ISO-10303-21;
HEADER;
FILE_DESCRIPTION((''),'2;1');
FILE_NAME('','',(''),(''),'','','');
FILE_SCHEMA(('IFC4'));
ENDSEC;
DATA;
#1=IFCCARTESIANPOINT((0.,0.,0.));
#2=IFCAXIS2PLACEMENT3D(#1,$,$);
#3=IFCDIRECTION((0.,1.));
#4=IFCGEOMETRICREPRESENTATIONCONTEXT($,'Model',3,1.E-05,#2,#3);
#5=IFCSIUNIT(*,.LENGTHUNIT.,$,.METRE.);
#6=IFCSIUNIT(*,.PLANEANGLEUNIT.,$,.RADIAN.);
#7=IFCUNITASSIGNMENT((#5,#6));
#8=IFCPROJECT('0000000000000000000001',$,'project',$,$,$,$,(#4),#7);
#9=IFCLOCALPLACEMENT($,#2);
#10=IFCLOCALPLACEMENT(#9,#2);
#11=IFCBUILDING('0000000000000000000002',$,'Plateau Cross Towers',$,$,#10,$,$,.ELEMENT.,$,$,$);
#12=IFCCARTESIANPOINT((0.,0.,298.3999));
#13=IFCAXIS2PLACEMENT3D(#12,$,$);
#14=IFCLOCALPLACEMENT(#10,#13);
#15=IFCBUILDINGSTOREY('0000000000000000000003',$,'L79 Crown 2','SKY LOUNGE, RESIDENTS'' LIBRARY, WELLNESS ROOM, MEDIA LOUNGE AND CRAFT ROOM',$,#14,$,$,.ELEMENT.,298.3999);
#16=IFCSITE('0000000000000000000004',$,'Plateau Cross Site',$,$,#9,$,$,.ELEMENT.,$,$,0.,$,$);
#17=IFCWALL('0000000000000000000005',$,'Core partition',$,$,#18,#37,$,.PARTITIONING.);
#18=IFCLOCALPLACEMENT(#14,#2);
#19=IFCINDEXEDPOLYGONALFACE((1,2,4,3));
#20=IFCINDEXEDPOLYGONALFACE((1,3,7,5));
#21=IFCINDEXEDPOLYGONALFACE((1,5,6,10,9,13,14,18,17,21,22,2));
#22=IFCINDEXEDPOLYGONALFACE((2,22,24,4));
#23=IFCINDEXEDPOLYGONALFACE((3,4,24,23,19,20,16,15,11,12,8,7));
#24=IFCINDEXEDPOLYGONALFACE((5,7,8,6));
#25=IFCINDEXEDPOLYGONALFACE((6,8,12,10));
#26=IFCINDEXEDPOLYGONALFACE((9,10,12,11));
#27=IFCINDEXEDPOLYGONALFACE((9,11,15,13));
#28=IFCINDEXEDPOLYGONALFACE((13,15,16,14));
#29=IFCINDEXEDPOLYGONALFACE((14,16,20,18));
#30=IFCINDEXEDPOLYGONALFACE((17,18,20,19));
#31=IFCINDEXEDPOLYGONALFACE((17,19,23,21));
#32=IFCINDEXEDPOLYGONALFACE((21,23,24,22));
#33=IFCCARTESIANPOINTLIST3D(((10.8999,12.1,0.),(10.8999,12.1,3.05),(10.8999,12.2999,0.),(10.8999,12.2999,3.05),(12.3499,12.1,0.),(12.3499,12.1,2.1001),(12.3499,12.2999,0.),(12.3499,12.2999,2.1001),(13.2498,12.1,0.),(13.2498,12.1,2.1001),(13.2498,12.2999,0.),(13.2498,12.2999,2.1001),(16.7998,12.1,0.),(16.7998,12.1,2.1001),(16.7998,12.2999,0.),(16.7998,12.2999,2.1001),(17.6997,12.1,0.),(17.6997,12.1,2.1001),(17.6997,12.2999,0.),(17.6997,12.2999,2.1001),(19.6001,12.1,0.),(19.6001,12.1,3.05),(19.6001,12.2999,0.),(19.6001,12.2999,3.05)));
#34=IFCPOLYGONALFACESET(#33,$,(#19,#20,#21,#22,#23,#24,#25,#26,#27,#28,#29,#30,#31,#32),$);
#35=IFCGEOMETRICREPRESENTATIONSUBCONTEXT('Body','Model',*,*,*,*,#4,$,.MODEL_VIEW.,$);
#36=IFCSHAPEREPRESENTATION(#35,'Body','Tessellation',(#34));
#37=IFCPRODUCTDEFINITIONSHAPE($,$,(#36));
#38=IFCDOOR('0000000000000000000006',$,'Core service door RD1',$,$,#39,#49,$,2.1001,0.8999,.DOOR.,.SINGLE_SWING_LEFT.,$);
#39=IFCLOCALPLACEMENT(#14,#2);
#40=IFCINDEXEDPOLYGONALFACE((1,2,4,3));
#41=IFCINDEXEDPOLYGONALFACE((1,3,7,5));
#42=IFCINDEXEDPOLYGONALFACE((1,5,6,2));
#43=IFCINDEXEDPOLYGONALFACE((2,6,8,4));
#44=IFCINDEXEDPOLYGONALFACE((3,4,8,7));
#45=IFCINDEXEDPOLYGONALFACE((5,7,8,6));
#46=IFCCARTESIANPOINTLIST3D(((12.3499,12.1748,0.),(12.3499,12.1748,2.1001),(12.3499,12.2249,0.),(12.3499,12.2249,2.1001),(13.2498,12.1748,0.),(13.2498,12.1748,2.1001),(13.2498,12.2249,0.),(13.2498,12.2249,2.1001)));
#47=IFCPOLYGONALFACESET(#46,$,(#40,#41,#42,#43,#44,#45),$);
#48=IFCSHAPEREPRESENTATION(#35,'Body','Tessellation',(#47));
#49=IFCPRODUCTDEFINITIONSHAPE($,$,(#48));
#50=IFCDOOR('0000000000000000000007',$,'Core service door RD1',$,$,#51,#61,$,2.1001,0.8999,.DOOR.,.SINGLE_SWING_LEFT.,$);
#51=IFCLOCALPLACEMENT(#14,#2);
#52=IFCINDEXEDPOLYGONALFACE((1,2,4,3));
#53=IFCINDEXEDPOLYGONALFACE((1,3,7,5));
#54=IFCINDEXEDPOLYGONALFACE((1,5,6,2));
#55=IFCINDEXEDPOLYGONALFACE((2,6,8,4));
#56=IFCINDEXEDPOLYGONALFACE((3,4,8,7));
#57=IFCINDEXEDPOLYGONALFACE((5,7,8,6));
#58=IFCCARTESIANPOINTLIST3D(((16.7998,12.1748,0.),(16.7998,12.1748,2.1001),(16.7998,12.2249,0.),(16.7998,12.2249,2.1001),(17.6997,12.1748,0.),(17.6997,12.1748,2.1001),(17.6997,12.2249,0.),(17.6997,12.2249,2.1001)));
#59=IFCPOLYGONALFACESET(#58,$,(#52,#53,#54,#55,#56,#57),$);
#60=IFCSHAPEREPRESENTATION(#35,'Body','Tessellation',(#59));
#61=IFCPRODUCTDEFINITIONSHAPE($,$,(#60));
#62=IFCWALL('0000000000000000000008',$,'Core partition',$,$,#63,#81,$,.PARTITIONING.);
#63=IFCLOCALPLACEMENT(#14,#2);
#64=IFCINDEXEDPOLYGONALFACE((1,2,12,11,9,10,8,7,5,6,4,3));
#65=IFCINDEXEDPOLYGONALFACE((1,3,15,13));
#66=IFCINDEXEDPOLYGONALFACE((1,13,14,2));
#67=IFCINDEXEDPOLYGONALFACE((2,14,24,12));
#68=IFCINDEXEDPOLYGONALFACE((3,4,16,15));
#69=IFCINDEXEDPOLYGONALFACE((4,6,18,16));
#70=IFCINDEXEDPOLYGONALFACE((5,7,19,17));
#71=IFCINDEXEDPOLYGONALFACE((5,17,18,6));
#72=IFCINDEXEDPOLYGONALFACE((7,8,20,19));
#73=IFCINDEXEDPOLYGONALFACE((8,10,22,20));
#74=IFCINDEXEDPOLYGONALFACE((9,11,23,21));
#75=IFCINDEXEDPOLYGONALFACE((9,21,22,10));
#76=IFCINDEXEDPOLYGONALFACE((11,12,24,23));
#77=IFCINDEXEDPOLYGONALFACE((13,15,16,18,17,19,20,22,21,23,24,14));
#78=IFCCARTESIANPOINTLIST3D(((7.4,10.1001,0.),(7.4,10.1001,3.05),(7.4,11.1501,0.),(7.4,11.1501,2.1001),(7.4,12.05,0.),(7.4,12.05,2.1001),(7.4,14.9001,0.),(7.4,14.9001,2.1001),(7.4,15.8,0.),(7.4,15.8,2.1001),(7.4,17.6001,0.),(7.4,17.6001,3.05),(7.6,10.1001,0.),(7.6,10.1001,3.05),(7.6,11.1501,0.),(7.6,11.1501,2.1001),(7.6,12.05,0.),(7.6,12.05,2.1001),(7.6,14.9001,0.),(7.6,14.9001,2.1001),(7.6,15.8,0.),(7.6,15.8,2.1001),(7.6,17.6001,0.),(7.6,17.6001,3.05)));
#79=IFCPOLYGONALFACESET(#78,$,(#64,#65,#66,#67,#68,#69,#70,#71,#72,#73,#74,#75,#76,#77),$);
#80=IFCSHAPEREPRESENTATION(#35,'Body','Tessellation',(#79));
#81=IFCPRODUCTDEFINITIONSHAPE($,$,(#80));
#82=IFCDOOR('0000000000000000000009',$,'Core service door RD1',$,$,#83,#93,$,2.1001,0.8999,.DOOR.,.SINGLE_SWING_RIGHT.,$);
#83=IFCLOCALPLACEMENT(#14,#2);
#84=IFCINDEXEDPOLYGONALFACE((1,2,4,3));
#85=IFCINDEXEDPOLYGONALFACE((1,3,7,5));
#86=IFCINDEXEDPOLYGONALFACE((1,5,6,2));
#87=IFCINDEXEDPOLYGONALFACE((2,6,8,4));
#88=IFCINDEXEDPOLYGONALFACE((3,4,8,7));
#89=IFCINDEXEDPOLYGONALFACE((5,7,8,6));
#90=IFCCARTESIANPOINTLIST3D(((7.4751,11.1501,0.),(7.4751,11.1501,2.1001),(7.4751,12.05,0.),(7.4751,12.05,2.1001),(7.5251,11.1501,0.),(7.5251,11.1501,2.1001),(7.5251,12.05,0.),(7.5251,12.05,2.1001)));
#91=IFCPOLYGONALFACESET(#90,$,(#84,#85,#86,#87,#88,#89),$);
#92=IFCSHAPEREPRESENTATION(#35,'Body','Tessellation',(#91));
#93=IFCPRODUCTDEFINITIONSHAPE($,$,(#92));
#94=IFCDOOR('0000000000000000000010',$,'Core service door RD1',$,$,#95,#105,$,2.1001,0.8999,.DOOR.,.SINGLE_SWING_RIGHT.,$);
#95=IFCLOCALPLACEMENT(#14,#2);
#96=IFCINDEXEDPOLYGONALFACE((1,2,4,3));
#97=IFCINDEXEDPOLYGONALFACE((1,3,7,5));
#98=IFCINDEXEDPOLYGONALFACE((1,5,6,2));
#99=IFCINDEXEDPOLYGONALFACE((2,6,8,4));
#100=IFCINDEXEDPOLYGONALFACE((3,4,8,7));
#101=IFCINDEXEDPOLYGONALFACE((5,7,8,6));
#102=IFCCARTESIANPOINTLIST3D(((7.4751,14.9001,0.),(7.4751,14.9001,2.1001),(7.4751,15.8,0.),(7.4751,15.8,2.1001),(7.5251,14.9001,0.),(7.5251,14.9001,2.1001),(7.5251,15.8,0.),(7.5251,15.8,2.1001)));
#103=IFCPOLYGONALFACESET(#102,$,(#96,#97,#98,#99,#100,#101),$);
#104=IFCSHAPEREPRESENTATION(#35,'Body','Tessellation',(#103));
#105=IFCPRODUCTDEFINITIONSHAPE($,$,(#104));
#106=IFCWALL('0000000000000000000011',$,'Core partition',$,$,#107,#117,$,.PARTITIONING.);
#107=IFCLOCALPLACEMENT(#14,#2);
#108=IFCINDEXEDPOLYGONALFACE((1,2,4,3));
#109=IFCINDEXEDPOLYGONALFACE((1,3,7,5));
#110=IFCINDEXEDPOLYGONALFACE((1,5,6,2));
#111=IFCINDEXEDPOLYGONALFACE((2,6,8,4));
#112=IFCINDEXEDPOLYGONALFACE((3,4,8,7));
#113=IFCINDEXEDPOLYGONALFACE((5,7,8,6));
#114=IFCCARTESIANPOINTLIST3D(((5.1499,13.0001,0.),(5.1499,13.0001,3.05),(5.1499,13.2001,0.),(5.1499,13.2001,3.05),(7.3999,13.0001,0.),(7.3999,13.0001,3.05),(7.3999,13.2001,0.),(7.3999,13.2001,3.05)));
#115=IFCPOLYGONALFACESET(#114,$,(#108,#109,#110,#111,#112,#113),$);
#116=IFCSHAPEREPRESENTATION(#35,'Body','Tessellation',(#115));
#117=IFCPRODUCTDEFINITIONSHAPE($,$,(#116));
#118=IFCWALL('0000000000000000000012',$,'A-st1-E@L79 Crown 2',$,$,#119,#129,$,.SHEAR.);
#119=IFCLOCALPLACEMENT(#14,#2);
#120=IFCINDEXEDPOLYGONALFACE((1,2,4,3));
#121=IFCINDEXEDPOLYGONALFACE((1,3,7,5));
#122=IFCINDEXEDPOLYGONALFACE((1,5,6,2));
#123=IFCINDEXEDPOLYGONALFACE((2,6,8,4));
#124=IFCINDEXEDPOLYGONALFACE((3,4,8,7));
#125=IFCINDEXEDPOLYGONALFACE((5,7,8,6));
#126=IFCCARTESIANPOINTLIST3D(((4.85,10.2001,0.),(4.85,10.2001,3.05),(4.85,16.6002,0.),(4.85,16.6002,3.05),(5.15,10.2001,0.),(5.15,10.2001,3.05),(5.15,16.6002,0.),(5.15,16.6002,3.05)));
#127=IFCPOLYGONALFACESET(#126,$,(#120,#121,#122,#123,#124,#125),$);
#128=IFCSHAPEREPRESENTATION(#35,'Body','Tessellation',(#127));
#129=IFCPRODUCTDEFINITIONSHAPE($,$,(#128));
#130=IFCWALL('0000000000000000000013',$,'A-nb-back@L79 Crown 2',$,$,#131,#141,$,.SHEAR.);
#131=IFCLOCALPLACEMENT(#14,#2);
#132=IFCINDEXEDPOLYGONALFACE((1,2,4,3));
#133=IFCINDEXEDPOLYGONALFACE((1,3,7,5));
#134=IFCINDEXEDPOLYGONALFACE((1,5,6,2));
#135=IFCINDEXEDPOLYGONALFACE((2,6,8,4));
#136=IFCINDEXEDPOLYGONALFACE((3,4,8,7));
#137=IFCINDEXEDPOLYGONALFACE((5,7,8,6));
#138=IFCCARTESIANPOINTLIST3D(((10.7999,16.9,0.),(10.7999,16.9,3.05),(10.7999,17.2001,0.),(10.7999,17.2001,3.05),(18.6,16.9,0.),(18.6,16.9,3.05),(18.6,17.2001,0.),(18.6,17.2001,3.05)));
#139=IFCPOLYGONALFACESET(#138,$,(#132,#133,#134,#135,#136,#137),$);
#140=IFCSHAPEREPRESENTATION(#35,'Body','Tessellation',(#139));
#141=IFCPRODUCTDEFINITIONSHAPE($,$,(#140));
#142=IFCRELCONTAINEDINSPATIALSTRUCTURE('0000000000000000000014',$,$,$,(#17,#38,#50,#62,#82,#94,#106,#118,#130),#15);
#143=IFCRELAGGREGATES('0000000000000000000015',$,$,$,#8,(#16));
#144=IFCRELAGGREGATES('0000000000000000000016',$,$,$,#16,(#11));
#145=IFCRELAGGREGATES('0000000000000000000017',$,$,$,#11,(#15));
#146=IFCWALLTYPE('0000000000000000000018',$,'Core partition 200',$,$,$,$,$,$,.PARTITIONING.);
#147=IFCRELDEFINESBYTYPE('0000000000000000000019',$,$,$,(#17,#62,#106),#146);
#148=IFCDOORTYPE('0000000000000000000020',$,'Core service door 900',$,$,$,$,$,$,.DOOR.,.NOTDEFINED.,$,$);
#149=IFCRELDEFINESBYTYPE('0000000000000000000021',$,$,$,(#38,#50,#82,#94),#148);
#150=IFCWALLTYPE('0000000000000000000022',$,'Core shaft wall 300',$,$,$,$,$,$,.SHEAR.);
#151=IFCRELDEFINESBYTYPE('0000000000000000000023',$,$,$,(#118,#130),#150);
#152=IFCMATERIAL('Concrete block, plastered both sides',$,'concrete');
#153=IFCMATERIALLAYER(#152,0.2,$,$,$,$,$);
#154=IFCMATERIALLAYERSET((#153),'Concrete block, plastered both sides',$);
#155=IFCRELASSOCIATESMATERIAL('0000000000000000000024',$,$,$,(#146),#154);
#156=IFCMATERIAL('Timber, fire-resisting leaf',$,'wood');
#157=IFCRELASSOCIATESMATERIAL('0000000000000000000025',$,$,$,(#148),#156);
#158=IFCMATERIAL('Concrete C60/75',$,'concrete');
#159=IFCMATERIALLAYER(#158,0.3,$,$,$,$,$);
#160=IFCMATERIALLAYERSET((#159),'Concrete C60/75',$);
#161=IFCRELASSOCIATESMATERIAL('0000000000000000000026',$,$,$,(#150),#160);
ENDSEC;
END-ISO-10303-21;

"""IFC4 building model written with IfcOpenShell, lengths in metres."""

from ifc_helpers import new_model, si_unit, direction, frame, frame_2d, origin, place, context, subcontext, project, spatial, rectangle, extrude, material, layer, layer_set, type_object, element, fill, save


model = new_model("IFC4")

# Units and contexts
model_context = context("Model", 3, precision=1e-05, world=origin(), true_north=direction((0.0, 1.0)))
body_context = subcontext(model_context, "Body", "Model", "MODEL_VIEW")
ifc_project = project(units=[si_unit("LENGTHUNIT", "METRE"), si_unit("PLANEANGLEUNIT", "RADIAN")], contexts=[model_context])

# Site, building, storey
site_placement = place(None, origin())
site = spatial("IfcSite", under=ifc_project, at=site_placement, Name="Plateau Cross Site", CompositionType="ELEMENT", RefElevation=0.0)
building_placement = place(site_placement, origin())
building = spatial("IfcBuilding", under=site, at=building_placement, Name="Plateau Cross Towers", CompositionType="ELEMENT")
storey_placement = place(building_placement, frame((0.0, 0.0, 298.3999)))
storey = spatial("IfcBuildingStorey", under=building, at=storey_placement, Name="L79 Crown 2", Description="SKY LOUNGE, RESIDENTS' LIBRARY, WELLNESS ROOM, MEDIA LOUNGE AND CRAFT ROOM", CompositionType="ELEMENT", Elevation=298.3999)

# Shared definitions
ifc_material_1 = material(Name="Concrete block, plastered both sides", Category="concrete")
ifc_layer_1 = layer(ifc_material_1, 0.2)
ifc_layer_set_1 = layer_set([ifc_layer_1], Name="Concrete block, plastered both sides")
wall_type_1 = type_object("IfcWallType", Name="Core partition 200", PredefinedType="PARTITIONING", material=ifc_layer_set_1)

# Shared definitions
ifc_material_2 = material(Name="Timber, fire-resisting leaf", Category="wood")
door_type_1 = type_object("IfcDoorType", Name="Core service door 900", OperationType="NOTDEFINED", PredefinedType="DOOR", material=ifc_material_2)

# Walls, openings, doors
wall_1_placement = place(storey_placement, frame((10.8999, 12.2, 0.0), z_axis=(0.0, 0.0, 1.0), x_axis=(1.0, 0.0, 0.0)))
wall_1 = element("IfcWall", 1, at=wall_1_placement, inside=storey, type_object=wall_type_1, Name="Core partition", PredefinedType="PARTITIONING", context=body_context, shape_type="SweptSolid", body=[
    extrude(rectangle(XDim=8.7002, YDim=0.2, at=frame_2d((4.3501, 0.0))), origin(), (0.0, 0.0, 1.0), 3.05),
])
opening_1_placement = place(wall_1_placement, frame((1.45, 0.0, 0.0)))
opening_1 = element("IfcOpeningElement", 2, at=opening_1_placement, cuts=wall_1, PredefinedType="OPENING", context=body_context, shape_type="SweptSolid", body=[
    extrude(rectangle(XDim=0.8999, YDim=2.1001, at=frame_2d((0.45, 1.05))), frame((0.0, 0.1099, 0.0), z_axis=(0.0, -1.0, 0.0), x_axis=(1.0, 0.0, 0.0)), (0.0, 0.0, 1.0), 0.22),
])
opening_2_placement = place(wall_1_placement, frame((5.8999, 0.0, 0.0)))
opening_2 = element("IfcOpeningElement", 3, at=opening_2_placement, cuts=wall_1, PredefinedType="OPENING", context=body_context, shape_type="SweptSolid", body=[
    extrude(rectangle(XDim=0.8999, YDim=2.1001, at=frame_2d((0.45, 1.05))), frame((0.0, 0.1099, 0.0), z_axis=(0.0, -1.0, 0.0), x_axis=(1.0, 0.0, 0.0)), (0.0, 0.0, 1.0), 0.22),
])
door_1_placement = place(opening_1_placement, origin())
door_1 = element("IfcDoor", 4, at=door_1_placement, inside=storey, type_object=door_type_1, Name="Core service door RD1", OperationType="SINGLE_SWING_LEFT", OverallHeight=2.1001, OverallWidth=0.8999, PredefinedType="DOOR", context=body_context, shape_type="SweptSolid", body=[
    extrude(rectangle(XDim=0.8999, YDim=2.1001, at=frame_2d((0.45, 1.05))), frame((0.0, 0.0249, 0.0), z_axis=(0.0, -1.0, 0.0), x_axis=(1.0, 0.0, 0.0)), (0.0, 0.0, 1.0), 0.05),
])
fill(opening_1, door_1)
door_2_placement = place(opening_2_placement, origin())
door_2 = element("IfcDoor", 5, at=door_2_placement, inside=storey, type_object=door_type_1, Name="Core service door RD1", OperationType="SINGLE_SWING_LEFT", OverallHeight=2.1001, OverallWidth=0.8999, PredefinedType="DOOR", context=body_context, shape_type="SweptSolid", body=[
    extrude(rectangle(XDim=0.8999, YDim=2.1001, at=frame_2d((0.45, 1.05))), frame((0.0, 0.0249, 0.0), z_axis=(0.0, -1.0, 0.0), x_axis=(1.0, 0.0, 0.0)), (0.0, 0.0, 1.0), 0.05),
])
fill(opening_2, door_2)
wall_2_placement = place(storey_placement, frame((7.5, 10.1001, 0.0), z_axis=(0.0, 0.0, 1.0), x_axis=(0.0, 1.0, 0.0)))
wall_2 = element("IfcWall", 6, at=wall_2_placement, inside=storey, type_object=wall_type_1, Name="Core partition", PredefinedType="PARTITIONING", context=body_context, shape_type="SweptSolid", body=[
    extrude(rectangle(XDim=7.5, YDim=0.2, at=frame_2d((3.75, 0.0))), origin(), (0.0, 0.0, 1.0), 3.05),
])
opening_3_placement = place(wall_2_placement, frame((1.05, 0.0, 0.0)))
opening_3 = element("IfcOpeningElement", 7, at=opening_3_placement, cuts=wall_2, PredefinedType="OPENING", context=body_context, shape_type="SweptSolid", body=[
    extrude(rectangle(XDim=0.8999, YDim=2.1001, at=frame_2d((0.45, 1.05))), frame((0.0, 0.1099, 0.0), z_axis=(0.0, -1.0, 0.0), x_axis=(1.0, 0.0, 0.0)), (0.0, 0.0, 1.0), 0.22),
])
opening_4_placement = place(wall_2_placement, frame((4.8, 0.0, 0.0)))
opening_4 = element("IfcOpeningElement", 8, at=opening_4_placement, cuts=wall_2, PredefinedType="OPENING", context=body_context, shape_type="SweptSolid", body=[
    extrude(rectangle(XDim=0.8999, YDim=2.1001, at=frame_2d((0.45, 1.05))), frame((0.0, 0.1099, 0.0), z_axis=(0.0, -1.0, 0.0), x_axis=(1.0, 0.0, 0.0)), (0.0, 0.0, 1.0), 0.22),
])
door_3_placement = place(opening_3_placement, origin())
door_3 = element("IfcDoor", 9, at=door_3_placement, inside=storey, type_object=door_type_1, Name="Core service door RD1", OperationType="SINGLE_SWING_RIGHT", OverallHeight=2.1001, OverallWidth=0.8999, PredefinedType="DOOR", context=body_context, shape_type="SweptSolid", body=[
    extrude(rectangle(XDim=0.8999, YDim=2.1001, at=frame_2d((0.45, 1.05))), frame((0.0, 0.0249, 0.0), z_axis=(0.0, -1.0, 0.0), x_axis=(1.0, 0.0, 0.0)), (0.0, 0.0, 1.0), 0.05),
])
fill(opening_3, door_3)
door_4_placement = place(opening_4_placement, origin())
door_4 = element("IfcDoor", 10, at=door_4_placement, inside=storey, type_object=door_type_1, Name="Core service door RD1", OperationType="SINGLE_SWING_RIGHT", OverallHeight=2.1001, OverallWidth=0.8999, PredefinedType="DOOR", context=body_context, shape_type="SweptSolid", body=[
    extrude(rectangle(XDim=0.8999, YDim=2.1001, at=frame_2d((0.45, 1.05))), frame((0.0, 0.0249, 0.0), z_axis=(0.0, -1.0, 0.0), x_axis=(1.0, 0.0, 0.0)), (0.0, 0.0, 1.0), 0.05),
])
fill(opening_4, door_4)

# Walls
wall_3_placement = place(storey_placement, frame((5.1499, 13.1001, 0.0), z_axis=(0.0, 0.0, 1.0), x_axis=(1.0, 0.0, 0.0)))
element("IfcWall", 11, at=wall_3_placement, inside=storey, type_object=wall_type_1, Name="Core partition", PredefinedType="PARTITIONING", context=body_context, shape_type="SweptSolid", body=[
    extrude(rectangle(XDim=2.25, YDim=0.2, at=frame_2d((1.125, 0.0))), origin(), (0.0, 0.0, 1.0), 3.05),
])
ifc_material_3 = material(Name="Concrete C60/75", Category="concrete")
ifc_layer_2 = layer(ifc_material_3, 0.3)
ifc_layer_set_2 = layer_set([ifc_layer_2], Name="Concrete C60/75")
wall_type_2 = type_object("IfcWallType", Name="Core shaft wall 300", PredefinedType="SHEAR", material=ifc_layer_set_2)
wall_4_placement = place(storey_placement, frame((5.0, 10.2, 0.0), z_axis=(0.0, 0.0, 1.0), x_axis=(0.0, 1.0, 0.0)))
element("IfcWall", 12, at=wall_4_placement, inside=storey, type_object=wall_type_2, Name="A-st1-E@L79 Crown 2", PredefinedType="SHEAR", context=body_context, shape_type="SweptSolid", body=[
    extrude(rectangle(XDim=6.4001, YDim=0.3, at=frame_2d((3.2002, 0.0))), origin(), (0.0, 0.0, 1.0), 3.05),
])
wall_5_placement = place(storey_placement, frame((10.8, 17.05, 0.0), z_axis=(0.0, 0.0, 1.0), x_axis=(1.0, 0.0, 0.0)))
element("IfcWall", 13, at=wall_5_placement, inside=storey, type_object=wall_type_2, Name="A-nb-back@L79 Crown 2", PredefinedType="SHEAR", context=body_context, shape_type="SweptSolid", body=[
    extrude(rectangle(XDim=7.8, YDim=0.3, at=frame_2d((3.8999, 0.0))), origin(), (0.0, 0.0, 1.0), 3.05),
])

save(model, "model.ifc")
